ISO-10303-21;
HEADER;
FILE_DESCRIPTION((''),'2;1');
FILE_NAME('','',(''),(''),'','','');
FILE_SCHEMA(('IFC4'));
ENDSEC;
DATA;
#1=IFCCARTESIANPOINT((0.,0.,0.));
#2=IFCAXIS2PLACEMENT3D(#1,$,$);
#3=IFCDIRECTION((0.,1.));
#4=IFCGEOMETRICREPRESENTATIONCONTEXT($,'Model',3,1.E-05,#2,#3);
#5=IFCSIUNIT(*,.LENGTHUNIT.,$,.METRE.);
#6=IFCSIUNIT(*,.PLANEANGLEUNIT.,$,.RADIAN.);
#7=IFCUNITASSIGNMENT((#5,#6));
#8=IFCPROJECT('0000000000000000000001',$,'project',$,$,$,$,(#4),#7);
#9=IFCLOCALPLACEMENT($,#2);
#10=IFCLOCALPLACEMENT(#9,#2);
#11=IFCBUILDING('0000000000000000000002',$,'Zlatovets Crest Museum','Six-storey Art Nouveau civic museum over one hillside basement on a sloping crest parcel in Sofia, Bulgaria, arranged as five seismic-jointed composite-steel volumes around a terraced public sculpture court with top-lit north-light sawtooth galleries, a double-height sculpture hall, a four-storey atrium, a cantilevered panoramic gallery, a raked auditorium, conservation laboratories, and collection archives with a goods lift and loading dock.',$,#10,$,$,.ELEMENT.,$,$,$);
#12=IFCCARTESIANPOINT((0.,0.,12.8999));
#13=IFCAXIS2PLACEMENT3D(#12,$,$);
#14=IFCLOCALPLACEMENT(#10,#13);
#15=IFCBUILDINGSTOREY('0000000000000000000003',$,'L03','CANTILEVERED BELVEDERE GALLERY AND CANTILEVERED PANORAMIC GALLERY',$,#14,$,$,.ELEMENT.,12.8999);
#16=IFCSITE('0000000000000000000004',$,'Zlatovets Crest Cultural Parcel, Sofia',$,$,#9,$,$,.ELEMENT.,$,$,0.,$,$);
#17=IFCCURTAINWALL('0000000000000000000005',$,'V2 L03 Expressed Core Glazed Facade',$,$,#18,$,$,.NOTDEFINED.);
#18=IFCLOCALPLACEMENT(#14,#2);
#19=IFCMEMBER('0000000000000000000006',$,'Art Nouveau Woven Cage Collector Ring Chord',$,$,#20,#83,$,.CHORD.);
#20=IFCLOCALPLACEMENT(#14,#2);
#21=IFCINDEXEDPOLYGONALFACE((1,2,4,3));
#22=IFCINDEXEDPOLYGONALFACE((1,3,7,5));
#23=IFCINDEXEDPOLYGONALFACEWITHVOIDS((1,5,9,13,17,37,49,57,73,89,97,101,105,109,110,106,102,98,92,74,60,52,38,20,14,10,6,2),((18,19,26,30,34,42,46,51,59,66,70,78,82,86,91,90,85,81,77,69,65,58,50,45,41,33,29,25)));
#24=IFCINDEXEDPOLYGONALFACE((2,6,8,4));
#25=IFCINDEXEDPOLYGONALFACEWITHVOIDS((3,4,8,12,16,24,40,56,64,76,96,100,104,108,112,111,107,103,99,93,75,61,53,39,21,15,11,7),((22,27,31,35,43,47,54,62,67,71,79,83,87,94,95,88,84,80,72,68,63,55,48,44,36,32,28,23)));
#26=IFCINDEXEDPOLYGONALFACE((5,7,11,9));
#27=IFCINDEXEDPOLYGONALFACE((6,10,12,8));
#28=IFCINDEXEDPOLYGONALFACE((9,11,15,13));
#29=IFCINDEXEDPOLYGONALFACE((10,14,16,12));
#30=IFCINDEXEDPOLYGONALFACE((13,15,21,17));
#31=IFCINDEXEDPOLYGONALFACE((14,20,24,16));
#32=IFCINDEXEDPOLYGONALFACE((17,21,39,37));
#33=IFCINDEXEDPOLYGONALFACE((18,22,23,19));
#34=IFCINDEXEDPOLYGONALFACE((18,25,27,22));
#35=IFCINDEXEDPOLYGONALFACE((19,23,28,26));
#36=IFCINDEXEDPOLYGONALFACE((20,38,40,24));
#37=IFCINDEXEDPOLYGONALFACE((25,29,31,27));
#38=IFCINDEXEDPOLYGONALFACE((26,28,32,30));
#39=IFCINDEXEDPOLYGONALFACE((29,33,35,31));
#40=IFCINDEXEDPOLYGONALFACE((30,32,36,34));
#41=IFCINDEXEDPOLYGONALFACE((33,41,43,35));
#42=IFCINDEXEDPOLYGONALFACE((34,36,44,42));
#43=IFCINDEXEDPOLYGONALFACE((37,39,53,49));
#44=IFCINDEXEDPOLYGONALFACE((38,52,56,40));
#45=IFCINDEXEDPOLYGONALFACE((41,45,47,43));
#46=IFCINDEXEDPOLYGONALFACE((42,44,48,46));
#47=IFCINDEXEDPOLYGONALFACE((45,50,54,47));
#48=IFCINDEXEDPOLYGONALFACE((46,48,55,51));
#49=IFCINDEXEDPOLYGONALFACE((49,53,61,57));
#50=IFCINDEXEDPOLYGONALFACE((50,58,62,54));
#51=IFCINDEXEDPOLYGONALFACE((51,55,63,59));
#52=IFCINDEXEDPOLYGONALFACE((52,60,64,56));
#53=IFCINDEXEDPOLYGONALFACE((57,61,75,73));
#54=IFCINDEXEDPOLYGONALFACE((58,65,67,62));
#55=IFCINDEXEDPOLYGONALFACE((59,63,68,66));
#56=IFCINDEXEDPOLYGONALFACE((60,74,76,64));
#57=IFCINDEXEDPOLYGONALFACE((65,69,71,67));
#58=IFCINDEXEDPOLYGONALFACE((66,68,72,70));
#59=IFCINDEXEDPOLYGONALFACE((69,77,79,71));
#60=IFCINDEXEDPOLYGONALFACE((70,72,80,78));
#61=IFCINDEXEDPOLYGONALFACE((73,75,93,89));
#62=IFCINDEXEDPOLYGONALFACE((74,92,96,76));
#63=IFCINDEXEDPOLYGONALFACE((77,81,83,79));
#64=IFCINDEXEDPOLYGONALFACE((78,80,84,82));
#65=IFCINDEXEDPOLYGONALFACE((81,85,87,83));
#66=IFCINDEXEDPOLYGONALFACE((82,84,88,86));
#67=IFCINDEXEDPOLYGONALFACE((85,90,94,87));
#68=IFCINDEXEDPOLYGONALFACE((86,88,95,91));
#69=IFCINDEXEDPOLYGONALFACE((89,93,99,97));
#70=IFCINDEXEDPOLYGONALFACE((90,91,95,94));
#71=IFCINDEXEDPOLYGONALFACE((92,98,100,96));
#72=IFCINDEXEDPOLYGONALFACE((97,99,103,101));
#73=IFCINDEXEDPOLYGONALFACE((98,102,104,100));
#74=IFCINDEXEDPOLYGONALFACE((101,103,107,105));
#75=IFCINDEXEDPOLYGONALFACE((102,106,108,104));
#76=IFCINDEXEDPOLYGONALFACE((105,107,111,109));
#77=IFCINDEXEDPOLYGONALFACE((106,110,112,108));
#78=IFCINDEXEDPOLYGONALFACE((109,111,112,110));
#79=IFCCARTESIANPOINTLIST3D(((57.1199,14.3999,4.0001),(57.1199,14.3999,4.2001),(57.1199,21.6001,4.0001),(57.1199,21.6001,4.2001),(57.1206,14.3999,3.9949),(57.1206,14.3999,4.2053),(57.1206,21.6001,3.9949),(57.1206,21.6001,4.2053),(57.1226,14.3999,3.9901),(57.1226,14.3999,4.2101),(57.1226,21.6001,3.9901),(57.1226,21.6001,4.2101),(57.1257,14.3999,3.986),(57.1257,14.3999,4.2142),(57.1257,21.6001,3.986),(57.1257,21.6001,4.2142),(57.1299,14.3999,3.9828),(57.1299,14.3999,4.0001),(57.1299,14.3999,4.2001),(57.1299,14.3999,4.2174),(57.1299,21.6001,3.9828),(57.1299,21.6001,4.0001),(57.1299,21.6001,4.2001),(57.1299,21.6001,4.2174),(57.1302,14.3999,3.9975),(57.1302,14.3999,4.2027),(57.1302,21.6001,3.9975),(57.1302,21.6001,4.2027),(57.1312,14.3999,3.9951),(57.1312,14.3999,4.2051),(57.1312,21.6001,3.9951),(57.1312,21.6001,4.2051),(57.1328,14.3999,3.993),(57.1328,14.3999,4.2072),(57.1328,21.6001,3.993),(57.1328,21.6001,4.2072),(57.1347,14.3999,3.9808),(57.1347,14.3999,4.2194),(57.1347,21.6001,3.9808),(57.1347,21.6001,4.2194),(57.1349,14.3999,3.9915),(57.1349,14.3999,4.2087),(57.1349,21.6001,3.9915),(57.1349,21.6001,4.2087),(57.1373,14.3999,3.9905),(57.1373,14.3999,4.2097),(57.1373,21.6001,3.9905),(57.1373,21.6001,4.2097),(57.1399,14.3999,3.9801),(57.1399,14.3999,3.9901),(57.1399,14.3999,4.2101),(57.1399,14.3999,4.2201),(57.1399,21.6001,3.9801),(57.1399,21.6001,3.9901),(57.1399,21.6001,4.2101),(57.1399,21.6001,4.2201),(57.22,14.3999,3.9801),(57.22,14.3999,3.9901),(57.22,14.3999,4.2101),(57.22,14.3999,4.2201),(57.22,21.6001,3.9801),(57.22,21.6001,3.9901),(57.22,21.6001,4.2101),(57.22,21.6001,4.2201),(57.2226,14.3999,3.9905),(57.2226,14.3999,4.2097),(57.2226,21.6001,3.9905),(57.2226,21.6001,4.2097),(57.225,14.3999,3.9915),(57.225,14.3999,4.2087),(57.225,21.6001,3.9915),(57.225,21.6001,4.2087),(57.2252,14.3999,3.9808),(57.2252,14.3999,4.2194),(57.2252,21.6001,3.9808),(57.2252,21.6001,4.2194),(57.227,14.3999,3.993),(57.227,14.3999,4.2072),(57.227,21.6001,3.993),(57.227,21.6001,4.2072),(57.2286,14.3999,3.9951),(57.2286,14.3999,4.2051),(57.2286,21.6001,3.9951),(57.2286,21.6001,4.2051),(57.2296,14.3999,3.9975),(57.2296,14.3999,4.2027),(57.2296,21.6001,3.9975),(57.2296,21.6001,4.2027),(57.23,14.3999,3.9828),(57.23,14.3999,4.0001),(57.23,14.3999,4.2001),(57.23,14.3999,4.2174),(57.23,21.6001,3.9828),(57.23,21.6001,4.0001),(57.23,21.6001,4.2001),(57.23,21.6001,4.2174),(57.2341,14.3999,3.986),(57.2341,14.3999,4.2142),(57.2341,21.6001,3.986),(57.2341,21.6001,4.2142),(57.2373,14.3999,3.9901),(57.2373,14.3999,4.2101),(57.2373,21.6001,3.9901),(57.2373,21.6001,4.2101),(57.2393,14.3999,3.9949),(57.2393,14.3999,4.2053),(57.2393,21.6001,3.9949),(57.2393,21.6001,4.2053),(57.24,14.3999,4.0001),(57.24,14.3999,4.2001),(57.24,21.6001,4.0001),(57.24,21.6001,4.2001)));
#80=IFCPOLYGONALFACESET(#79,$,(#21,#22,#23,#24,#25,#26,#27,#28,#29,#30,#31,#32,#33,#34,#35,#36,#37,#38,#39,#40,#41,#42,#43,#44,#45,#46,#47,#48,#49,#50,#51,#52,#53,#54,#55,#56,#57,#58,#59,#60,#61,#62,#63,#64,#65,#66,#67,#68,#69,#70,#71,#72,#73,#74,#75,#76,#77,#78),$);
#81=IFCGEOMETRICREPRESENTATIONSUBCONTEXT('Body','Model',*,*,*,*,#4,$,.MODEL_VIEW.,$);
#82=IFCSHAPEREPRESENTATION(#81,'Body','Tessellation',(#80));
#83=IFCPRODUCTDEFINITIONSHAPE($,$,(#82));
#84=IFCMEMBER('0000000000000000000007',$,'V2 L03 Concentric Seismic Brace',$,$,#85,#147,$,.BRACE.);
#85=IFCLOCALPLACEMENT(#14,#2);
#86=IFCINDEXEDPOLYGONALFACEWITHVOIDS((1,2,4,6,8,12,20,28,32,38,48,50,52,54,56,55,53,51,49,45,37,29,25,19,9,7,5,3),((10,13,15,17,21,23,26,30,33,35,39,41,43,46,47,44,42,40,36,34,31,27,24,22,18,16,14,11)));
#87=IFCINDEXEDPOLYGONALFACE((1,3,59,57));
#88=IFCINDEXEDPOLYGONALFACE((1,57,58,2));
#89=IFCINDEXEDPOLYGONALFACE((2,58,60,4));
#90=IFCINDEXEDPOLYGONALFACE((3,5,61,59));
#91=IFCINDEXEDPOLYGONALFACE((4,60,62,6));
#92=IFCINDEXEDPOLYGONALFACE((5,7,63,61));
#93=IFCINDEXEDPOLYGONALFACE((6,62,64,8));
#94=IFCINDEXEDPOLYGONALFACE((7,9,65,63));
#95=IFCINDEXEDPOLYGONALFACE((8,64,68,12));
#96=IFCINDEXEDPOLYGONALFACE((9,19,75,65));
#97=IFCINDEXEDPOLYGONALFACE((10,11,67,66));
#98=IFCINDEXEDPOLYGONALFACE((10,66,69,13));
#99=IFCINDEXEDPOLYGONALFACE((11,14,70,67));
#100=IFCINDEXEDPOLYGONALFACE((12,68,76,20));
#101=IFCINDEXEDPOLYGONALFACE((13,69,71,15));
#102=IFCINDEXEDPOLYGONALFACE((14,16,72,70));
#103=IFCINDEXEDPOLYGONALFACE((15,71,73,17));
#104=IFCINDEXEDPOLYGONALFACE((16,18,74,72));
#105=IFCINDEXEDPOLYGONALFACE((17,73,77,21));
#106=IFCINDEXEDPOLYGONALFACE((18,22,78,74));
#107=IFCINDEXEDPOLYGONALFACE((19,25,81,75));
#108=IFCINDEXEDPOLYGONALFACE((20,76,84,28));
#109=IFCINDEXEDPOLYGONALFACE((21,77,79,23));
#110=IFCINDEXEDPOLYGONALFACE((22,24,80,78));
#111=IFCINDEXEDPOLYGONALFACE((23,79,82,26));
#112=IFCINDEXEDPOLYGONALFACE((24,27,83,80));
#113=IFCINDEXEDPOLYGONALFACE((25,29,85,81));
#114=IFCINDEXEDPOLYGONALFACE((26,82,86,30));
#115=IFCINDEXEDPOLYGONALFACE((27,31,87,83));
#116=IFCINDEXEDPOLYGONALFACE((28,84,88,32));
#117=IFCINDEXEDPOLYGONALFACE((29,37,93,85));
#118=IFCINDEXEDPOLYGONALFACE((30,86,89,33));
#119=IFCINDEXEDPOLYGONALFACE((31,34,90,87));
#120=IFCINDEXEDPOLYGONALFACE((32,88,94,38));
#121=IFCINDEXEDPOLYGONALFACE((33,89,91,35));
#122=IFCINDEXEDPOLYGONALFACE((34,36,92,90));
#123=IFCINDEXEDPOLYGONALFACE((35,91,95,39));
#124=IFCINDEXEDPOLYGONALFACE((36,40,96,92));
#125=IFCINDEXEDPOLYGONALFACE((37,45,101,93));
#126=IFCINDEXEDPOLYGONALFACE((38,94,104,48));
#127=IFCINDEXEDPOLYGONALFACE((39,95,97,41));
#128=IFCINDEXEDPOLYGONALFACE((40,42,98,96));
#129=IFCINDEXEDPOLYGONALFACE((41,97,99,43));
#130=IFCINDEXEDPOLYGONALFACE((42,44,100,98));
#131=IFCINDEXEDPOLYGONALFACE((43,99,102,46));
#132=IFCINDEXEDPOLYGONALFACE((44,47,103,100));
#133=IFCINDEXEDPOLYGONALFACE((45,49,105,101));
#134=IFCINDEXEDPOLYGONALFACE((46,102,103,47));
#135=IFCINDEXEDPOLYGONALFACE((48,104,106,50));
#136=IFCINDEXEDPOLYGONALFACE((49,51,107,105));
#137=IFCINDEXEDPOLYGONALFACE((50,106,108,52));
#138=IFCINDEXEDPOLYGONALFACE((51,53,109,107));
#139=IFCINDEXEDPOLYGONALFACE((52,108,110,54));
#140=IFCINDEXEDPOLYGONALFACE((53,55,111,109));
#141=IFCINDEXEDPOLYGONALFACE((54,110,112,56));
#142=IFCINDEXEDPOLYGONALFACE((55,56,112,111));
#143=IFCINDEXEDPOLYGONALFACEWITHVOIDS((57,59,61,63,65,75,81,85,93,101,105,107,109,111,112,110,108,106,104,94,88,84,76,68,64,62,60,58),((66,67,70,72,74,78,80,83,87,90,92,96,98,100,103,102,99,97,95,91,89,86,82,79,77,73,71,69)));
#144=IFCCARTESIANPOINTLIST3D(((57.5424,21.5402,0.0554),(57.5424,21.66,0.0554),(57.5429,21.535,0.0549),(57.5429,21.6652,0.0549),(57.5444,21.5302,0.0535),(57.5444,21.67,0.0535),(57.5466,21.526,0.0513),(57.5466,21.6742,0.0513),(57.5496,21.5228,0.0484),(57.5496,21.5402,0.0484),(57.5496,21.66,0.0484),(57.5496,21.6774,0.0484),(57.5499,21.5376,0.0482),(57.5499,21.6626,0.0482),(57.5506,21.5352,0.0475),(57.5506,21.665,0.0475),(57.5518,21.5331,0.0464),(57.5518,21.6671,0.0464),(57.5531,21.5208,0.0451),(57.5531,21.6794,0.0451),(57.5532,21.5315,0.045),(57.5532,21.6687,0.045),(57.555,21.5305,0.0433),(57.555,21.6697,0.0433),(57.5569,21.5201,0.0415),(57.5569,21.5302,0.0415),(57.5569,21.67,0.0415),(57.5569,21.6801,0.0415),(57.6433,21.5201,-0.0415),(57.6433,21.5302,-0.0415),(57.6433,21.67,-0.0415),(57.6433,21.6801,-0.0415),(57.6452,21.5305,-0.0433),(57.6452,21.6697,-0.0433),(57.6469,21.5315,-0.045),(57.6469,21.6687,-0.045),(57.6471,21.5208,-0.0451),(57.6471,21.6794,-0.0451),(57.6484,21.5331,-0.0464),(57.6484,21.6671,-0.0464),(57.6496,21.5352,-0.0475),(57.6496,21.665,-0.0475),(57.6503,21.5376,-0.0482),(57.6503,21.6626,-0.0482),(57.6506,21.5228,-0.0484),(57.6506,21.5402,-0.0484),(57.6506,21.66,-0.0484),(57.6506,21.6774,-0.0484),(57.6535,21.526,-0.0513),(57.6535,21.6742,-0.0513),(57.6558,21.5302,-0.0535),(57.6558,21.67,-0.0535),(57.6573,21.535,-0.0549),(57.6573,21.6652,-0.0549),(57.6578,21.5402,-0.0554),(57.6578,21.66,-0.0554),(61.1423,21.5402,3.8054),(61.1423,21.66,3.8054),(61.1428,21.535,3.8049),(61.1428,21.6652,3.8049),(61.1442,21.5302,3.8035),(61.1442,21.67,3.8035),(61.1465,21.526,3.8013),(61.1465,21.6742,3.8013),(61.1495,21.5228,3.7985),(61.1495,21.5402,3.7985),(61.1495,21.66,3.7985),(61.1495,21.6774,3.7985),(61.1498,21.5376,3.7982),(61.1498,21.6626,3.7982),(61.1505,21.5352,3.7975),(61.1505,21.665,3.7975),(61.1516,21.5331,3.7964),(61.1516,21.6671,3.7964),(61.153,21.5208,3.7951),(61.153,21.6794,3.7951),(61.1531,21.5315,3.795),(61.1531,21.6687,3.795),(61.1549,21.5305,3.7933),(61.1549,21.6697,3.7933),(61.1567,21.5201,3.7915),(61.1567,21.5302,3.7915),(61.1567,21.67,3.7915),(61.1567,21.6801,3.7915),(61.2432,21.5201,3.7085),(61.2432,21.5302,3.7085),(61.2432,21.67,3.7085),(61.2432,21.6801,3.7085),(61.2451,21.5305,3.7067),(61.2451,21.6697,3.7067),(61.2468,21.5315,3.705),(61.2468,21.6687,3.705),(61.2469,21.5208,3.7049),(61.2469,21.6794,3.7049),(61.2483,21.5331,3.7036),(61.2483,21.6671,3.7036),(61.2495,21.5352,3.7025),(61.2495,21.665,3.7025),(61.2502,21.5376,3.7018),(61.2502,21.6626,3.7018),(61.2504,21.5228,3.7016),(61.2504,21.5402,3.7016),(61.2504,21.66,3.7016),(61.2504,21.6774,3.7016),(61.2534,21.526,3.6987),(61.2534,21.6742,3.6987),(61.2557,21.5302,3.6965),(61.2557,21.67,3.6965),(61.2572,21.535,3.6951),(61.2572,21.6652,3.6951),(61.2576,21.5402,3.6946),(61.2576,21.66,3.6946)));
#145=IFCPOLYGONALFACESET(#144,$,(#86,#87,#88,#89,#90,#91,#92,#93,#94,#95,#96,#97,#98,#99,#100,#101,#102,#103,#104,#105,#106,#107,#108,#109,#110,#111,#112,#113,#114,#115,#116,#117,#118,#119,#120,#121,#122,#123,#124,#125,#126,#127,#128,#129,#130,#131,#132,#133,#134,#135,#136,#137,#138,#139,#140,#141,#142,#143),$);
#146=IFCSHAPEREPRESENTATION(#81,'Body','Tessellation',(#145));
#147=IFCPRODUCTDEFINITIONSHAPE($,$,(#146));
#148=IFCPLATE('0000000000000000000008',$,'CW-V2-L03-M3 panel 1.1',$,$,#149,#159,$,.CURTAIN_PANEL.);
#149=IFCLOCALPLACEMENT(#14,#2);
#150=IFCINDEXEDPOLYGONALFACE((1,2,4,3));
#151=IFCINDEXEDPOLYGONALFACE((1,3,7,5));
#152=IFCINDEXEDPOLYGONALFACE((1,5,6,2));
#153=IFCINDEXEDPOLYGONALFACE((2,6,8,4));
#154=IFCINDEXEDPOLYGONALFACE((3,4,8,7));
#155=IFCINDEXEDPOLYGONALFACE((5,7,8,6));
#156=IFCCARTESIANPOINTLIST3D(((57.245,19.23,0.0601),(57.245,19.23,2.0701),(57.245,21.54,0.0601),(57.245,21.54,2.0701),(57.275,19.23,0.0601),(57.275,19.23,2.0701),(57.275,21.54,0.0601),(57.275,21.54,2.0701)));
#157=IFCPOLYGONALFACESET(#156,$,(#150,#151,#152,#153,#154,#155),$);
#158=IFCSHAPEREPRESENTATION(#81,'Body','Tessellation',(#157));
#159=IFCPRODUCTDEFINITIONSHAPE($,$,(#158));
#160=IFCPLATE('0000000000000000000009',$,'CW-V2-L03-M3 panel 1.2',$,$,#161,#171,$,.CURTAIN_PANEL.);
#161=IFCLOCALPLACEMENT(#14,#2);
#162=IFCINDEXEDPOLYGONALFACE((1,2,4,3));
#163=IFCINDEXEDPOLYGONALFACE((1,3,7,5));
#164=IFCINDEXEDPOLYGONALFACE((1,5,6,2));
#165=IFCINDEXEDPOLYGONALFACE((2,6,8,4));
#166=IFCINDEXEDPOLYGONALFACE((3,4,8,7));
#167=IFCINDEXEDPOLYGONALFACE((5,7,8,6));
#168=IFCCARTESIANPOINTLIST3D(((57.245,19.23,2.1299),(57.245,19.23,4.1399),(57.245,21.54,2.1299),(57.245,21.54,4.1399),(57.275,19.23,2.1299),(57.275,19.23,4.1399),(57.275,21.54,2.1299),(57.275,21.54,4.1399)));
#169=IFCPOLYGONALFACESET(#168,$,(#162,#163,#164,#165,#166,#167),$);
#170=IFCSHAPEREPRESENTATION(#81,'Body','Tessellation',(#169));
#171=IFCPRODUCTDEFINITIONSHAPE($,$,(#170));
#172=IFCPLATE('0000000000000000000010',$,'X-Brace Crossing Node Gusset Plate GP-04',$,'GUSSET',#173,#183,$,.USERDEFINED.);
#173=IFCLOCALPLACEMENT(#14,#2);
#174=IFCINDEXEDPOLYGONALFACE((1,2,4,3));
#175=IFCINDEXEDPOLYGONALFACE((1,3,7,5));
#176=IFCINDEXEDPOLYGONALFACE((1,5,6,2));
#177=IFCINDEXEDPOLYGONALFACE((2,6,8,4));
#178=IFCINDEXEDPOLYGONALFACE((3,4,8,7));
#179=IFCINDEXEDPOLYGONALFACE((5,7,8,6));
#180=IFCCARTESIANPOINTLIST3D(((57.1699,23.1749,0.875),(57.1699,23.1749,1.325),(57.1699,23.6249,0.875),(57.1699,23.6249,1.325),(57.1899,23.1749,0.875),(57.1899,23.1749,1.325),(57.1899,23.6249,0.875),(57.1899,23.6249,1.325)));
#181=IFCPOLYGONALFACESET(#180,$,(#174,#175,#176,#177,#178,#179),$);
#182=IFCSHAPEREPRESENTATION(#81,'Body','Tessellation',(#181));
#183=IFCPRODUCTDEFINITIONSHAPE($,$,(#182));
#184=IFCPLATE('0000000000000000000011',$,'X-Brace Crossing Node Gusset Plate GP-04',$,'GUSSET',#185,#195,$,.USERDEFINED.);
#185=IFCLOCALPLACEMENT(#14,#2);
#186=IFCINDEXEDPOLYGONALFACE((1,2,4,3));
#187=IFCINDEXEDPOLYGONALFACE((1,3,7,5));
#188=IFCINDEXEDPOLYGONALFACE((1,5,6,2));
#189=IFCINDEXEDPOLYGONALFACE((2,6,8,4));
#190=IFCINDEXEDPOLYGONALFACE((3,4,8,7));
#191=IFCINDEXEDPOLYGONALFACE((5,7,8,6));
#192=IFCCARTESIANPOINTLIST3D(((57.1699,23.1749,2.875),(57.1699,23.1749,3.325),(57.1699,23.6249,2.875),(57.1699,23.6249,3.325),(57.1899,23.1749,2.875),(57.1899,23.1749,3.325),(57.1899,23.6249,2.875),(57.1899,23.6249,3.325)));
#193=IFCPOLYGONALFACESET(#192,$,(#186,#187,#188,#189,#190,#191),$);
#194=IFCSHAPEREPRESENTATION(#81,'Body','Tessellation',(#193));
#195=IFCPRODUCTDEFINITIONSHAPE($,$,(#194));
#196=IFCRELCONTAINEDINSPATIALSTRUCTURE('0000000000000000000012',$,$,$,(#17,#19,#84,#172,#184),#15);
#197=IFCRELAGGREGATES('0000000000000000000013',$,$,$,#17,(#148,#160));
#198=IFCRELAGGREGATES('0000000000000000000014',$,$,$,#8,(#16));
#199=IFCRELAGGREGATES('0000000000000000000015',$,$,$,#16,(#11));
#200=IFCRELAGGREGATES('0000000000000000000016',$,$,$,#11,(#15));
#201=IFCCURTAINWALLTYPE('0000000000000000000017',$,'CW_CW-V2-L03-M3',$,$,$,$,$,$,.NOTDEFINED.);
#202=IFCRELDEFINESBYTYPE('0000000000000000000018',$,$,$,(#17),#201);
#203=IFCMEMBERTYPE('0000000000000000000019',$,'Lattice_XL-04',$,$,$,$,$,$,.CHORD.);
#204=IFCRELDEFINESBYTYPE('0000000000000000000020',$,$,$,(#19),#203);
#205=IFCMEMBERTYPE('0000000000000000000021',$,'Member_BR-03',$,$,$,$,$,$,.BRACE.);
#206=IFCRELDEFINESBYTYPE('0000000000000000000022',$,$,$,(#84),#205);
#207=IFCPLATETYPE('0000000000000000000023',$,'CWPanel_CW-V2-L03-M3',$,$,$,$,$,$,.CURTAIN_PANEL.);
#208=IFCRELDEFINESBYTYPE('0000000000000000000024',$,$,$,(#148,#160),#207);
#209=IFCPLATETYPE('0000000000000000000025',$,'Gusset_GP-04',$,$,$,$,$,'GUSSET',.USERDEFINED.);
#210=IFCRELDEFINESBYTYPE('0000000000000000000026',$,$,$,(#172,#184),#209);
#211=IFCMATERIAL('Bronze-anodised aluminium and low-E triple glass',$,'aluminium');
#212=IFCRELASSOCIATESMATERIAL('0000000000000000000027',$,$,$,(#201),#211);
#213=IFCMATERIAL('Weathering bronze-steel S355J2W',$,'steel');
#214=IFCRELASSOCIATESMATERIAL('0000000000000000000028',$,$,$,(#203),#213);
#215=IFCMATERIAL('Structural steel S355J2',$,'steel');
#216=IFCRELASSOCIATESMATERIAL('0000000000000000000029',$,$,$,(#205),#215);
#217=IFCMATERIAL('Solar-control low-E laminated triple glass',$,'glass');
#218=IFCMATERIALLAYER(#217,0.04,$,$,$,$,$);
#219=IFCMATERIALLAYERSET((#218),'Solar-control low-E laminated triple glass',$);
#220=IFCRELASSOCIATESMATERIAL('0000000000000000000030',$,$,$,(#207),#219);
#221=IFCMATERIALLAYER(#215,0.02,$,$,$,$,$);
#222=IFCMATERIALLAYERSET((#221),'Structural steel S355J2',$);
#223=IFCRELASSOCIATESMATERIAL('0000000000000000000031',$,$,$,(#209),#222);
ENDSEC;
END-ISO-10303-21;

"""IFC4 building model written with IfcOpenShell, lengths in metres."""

from ifc_helpers import new_model, si_unit, direction, frame, origin, origin_2d, place, context, subcontext, project, spatial, rectangle, hollow_rectangle, extrude, material, layer, layer_set, material_profile, profile_set, type_object, element, aggregate, save


model = new_model("IFC4")

# Units and contexts
model_context = context("Model", 3, precision=1e-05, world=origin(), true_north=direction((0.0, 1.0)))
body_context = subcontext(model_context, "Body", "Model", "MODEL_VIEW")
ifc_project = project(units=[si_unit("LENGTHUNIT", "METRE"), si_unit("PLANEANGLEUNIT", "RADIAN")], contexts=[model_context])

# Site, building, storey
site_placement = place(None, origin())
site = spatial("IfcSite", under=ifc_project, at=site_placement, Name="Zlatovets Crest Cultural Parcel, Sofia", CompositionType="ELEMENT", RefElevation=0.0)
building_placement = place(site_placement, origin())
building = spatial("IfcBuilding", under=site, at=building_placement, Name="Zlatovets Crest Museum", Description="Six-storey Art Nouveau civic museum over one hillside basement on a sloping crest parcel in Sofia, Bulgaria, arranged as five seismic-jointed composite-steel volumes around a terraced public sculpture court with top-lit north-light sawtooth galleries, a double-height sculpture hall, a four-storey atrium, a cantilevered panoramic gallery, a raked auditorium, conservation laboratories, and collection archives with a goods lift and loading dock.", CompositionType="ELEMENT")
storey_placement = place(building_placement, frame((0.0, 0.0, 12.8999)))
storey = spatial("IfcBuildingStorey", under=building, at=storey_placement, Name="L03", Description="CANTILEVERED BELVEDERE GALLERY AND CANTILEVERED PANORAMIC GALLERY", CompositionType="ELEMENT", Elevation=12.8999)

# Shared definitions
ifc_material_1 = material(Name="Structural steel S355J2", Category="steel")

# Curtain wall
ifc_material_2 = material(Name="Bronze-anodised aluminium and low-E triple glass", Category="aluminium")
curtain_wall_type = type_object("IfcCurtainWallType", Name="CW_CW-V2-L03-M3", PredefinedType="NOTDEFINED", material=ifc_material_2)
curtain_wall_placement = place(storey_placement, origin())
curtain_wall = element("IfcCurtainWall", 1, at=curtain_wall_placement, inside=storey, type_object=curtain_wall_type, Name="V2 L03 Expressed Core Glazed Facade", PredefinedType="NOTDEFINED")

# Members
ifc_material_3 = material(Name="Weathering bronze-steel S355J2W", Category="steel")
ifc_material_profile_1 = material_profile(ifc_material_3, hollow_rectangle(XDim=0.1201, YDim=0.24, WallThickness=0.01, InnerFilletRadius=0.01, OuterFilletRadius=0.02, at=origin_2d()), Name="RHS 120x240x10.0")
ifc_profile_set_1 = profile_set([ifc_material_profile_1], Name="Weathering bronze-steel S355J2W")
member_type_1 = type_object("IfcMemberType", Name="Lattice_XL-04", PredefinedType="CHORD", material=ifc_profile_set_1)
member_1_placement = place(storey_placement, frame((57.1799, 21.6001, 4.1001), z_axis=(0.0, -1.0, 0.0), x_axis=(1.0, 0.0, 0.0)))
element("IfcMember", 2, at=member_1_placement, inside=storey, type_object=member_type_1, Name="Art Nouveau Woven Cage Collector Ring Chord", PredefinedType="CHORD", context=body_context, shape_type="SweptSolid", body=[
    extrude(hollow_rectangle(XDim=0.1201, YDim=0.24, WallThickness=0.01, InnerFilletRadius=0.01, OuterFilletRadius=0.02, at=origin_2d()), origin(), (0.0, 0.0, 1.0), 7.2002),
])
ifc_material_profile_2 = material_profile(ifc_material_1, hollow_rectangle(XDim=0.1599, YDim=0.1599, WallThickness=0.01, InnerFilletRadius=0.01, OuterFilletRadius=0.02, at=origin_2d()), Name="SHS 160x160x10.0")
ifc_profile_set_2 = profile_set([ifc_material_profile_2], Name="Structural steel S355J2")
member_type_2 = type_object("IfcMemberType", Name="Member_BR-03", PredefinedType="BRACE", material=ifc_profile_set_2)
member_2_placement = place(storey_placement, frame((57.6001, 21.6001, 0.0), z_axis=(0.692517, 0.0, 0.721401), x_axis=(0.0, 1.0, 0.0)))
element("IfcMember", 3, at=member_2_placement, inside=storey, type_object=member_type_2, Name="V2 L03 Concentric Seismic Brace", PredefinedType="BRACE", context=body_context, shape_type="SweptSolid", body=[
    extrude(hollow_rectangle(XDim=0.1599, YDim=0.1599, WallThickness=0.01, InnerFilletRadius=0.01, OuterFilletRadius=0.02, at=origin_2d()), origin(), (0.0, 0.0, 1.0), 5.1982),
])

# Plates
ifc_material_4 = material(Name="Solar-control low-E laminated triple glass", Category="glass")
ifc_layer_1 = layer(ifc_material_4, 0.04)
ifc_layer_set_1 = layer_set([ifc_layer_1], Name="Solar-control low-E laminated triple glass")
plate_type_1 = type_object("IfcPlateType", Name="CWPanel_CW-V2-L03-M3", PredefinedType="CURTAIN_PANEL", material=ifc_layer_set_1)
plate_1_placement = place(storey_placement, frame((57.26, 20.385, 0.0601), z_axis=(0.0, 0.0, 1.0), x_axis=(0.0, -1.0, 0.0)))
plate_1 = element("IfcPlate", 4, at=plate_1_placement, type_object=plate_type_1, Name="CW-V2-L03-M3 panel 1.1", PredefinedType="CURTAIN_PANEL", context=body_context, shape_type="SweptSolid", body=[
    extrude(rectangle(XDim=2.3101, YDim=0.03, at=origin_2d()), origin(), (0.0, 0.0, 1.0), 2.01),
])
plate_2_placement = place(storey_placement, frame((57.26, 20.385, 2.1299), z_axis=(0.0, 0.0, 1.0), x_axis=(0.0, -1.0, 0.0)))
plate_2 = element("IfcPlate", 5, at=plate_2_placement, type_object=plate_type_1, Name="CW-V2-L03-M3 panel 1.2", PredefinedType="CURTAIN_PANEL", context=body_context, shape_type="SweptSolid", body=[
    extrude(rectangle(XDim=2.3101, YDim=0.03, at=origin_2d()), origin(), (0.0, 0.0, 1.0), 2.01),
])
aggregate(curtain_wall, [plate_1, plate_2])

# Plates
ifc_layer_2 = layer(ifc_material_1, 0.02)
ifc_layer_set_2 = layer_set([ifc_layer_2], Name="Structural steel S355J2")
plate_type_2 = type_object("IfcPlateType", Name="Gusset_GP-04", ElementType="GUSSET", PredefinedType="USERDEFINED", material=ifc_layer_set_2)
for number, where, z_axis, x_axis, name in (
    (6, (57.1799, 23.3999, 0.875), (0.0, 0.0, 1.0), (1.0, 0.0, 0.0), "X-Brace Crossing Node Gusset Plate GP-04"),
    (7, (57.1799, 23.3999, 2.875), (0.0, 0.0, 1.0), (1.0, 0.0, 0.0), "X-Brace Crossing Node Gusset Plate GP-04"),
):
    element("IfcPlate", number, at=place(storey_placement, frame(where, z_axis=z_axis, x_axis=x_axis)), inside=storey, type_object=plate_type_2, Name=name, ObjectType="GUSSET", PredefinedType="USERDEFINED", context=body_context, shape_type="SweptSolid", body=[
        extrude(rectangle(XDim=0.02, YDim=0.45, at=origin_2d()), origin(), (0.0, 0.0, 1.0), 0.45),
    ])

save(model, "model.ifc")
